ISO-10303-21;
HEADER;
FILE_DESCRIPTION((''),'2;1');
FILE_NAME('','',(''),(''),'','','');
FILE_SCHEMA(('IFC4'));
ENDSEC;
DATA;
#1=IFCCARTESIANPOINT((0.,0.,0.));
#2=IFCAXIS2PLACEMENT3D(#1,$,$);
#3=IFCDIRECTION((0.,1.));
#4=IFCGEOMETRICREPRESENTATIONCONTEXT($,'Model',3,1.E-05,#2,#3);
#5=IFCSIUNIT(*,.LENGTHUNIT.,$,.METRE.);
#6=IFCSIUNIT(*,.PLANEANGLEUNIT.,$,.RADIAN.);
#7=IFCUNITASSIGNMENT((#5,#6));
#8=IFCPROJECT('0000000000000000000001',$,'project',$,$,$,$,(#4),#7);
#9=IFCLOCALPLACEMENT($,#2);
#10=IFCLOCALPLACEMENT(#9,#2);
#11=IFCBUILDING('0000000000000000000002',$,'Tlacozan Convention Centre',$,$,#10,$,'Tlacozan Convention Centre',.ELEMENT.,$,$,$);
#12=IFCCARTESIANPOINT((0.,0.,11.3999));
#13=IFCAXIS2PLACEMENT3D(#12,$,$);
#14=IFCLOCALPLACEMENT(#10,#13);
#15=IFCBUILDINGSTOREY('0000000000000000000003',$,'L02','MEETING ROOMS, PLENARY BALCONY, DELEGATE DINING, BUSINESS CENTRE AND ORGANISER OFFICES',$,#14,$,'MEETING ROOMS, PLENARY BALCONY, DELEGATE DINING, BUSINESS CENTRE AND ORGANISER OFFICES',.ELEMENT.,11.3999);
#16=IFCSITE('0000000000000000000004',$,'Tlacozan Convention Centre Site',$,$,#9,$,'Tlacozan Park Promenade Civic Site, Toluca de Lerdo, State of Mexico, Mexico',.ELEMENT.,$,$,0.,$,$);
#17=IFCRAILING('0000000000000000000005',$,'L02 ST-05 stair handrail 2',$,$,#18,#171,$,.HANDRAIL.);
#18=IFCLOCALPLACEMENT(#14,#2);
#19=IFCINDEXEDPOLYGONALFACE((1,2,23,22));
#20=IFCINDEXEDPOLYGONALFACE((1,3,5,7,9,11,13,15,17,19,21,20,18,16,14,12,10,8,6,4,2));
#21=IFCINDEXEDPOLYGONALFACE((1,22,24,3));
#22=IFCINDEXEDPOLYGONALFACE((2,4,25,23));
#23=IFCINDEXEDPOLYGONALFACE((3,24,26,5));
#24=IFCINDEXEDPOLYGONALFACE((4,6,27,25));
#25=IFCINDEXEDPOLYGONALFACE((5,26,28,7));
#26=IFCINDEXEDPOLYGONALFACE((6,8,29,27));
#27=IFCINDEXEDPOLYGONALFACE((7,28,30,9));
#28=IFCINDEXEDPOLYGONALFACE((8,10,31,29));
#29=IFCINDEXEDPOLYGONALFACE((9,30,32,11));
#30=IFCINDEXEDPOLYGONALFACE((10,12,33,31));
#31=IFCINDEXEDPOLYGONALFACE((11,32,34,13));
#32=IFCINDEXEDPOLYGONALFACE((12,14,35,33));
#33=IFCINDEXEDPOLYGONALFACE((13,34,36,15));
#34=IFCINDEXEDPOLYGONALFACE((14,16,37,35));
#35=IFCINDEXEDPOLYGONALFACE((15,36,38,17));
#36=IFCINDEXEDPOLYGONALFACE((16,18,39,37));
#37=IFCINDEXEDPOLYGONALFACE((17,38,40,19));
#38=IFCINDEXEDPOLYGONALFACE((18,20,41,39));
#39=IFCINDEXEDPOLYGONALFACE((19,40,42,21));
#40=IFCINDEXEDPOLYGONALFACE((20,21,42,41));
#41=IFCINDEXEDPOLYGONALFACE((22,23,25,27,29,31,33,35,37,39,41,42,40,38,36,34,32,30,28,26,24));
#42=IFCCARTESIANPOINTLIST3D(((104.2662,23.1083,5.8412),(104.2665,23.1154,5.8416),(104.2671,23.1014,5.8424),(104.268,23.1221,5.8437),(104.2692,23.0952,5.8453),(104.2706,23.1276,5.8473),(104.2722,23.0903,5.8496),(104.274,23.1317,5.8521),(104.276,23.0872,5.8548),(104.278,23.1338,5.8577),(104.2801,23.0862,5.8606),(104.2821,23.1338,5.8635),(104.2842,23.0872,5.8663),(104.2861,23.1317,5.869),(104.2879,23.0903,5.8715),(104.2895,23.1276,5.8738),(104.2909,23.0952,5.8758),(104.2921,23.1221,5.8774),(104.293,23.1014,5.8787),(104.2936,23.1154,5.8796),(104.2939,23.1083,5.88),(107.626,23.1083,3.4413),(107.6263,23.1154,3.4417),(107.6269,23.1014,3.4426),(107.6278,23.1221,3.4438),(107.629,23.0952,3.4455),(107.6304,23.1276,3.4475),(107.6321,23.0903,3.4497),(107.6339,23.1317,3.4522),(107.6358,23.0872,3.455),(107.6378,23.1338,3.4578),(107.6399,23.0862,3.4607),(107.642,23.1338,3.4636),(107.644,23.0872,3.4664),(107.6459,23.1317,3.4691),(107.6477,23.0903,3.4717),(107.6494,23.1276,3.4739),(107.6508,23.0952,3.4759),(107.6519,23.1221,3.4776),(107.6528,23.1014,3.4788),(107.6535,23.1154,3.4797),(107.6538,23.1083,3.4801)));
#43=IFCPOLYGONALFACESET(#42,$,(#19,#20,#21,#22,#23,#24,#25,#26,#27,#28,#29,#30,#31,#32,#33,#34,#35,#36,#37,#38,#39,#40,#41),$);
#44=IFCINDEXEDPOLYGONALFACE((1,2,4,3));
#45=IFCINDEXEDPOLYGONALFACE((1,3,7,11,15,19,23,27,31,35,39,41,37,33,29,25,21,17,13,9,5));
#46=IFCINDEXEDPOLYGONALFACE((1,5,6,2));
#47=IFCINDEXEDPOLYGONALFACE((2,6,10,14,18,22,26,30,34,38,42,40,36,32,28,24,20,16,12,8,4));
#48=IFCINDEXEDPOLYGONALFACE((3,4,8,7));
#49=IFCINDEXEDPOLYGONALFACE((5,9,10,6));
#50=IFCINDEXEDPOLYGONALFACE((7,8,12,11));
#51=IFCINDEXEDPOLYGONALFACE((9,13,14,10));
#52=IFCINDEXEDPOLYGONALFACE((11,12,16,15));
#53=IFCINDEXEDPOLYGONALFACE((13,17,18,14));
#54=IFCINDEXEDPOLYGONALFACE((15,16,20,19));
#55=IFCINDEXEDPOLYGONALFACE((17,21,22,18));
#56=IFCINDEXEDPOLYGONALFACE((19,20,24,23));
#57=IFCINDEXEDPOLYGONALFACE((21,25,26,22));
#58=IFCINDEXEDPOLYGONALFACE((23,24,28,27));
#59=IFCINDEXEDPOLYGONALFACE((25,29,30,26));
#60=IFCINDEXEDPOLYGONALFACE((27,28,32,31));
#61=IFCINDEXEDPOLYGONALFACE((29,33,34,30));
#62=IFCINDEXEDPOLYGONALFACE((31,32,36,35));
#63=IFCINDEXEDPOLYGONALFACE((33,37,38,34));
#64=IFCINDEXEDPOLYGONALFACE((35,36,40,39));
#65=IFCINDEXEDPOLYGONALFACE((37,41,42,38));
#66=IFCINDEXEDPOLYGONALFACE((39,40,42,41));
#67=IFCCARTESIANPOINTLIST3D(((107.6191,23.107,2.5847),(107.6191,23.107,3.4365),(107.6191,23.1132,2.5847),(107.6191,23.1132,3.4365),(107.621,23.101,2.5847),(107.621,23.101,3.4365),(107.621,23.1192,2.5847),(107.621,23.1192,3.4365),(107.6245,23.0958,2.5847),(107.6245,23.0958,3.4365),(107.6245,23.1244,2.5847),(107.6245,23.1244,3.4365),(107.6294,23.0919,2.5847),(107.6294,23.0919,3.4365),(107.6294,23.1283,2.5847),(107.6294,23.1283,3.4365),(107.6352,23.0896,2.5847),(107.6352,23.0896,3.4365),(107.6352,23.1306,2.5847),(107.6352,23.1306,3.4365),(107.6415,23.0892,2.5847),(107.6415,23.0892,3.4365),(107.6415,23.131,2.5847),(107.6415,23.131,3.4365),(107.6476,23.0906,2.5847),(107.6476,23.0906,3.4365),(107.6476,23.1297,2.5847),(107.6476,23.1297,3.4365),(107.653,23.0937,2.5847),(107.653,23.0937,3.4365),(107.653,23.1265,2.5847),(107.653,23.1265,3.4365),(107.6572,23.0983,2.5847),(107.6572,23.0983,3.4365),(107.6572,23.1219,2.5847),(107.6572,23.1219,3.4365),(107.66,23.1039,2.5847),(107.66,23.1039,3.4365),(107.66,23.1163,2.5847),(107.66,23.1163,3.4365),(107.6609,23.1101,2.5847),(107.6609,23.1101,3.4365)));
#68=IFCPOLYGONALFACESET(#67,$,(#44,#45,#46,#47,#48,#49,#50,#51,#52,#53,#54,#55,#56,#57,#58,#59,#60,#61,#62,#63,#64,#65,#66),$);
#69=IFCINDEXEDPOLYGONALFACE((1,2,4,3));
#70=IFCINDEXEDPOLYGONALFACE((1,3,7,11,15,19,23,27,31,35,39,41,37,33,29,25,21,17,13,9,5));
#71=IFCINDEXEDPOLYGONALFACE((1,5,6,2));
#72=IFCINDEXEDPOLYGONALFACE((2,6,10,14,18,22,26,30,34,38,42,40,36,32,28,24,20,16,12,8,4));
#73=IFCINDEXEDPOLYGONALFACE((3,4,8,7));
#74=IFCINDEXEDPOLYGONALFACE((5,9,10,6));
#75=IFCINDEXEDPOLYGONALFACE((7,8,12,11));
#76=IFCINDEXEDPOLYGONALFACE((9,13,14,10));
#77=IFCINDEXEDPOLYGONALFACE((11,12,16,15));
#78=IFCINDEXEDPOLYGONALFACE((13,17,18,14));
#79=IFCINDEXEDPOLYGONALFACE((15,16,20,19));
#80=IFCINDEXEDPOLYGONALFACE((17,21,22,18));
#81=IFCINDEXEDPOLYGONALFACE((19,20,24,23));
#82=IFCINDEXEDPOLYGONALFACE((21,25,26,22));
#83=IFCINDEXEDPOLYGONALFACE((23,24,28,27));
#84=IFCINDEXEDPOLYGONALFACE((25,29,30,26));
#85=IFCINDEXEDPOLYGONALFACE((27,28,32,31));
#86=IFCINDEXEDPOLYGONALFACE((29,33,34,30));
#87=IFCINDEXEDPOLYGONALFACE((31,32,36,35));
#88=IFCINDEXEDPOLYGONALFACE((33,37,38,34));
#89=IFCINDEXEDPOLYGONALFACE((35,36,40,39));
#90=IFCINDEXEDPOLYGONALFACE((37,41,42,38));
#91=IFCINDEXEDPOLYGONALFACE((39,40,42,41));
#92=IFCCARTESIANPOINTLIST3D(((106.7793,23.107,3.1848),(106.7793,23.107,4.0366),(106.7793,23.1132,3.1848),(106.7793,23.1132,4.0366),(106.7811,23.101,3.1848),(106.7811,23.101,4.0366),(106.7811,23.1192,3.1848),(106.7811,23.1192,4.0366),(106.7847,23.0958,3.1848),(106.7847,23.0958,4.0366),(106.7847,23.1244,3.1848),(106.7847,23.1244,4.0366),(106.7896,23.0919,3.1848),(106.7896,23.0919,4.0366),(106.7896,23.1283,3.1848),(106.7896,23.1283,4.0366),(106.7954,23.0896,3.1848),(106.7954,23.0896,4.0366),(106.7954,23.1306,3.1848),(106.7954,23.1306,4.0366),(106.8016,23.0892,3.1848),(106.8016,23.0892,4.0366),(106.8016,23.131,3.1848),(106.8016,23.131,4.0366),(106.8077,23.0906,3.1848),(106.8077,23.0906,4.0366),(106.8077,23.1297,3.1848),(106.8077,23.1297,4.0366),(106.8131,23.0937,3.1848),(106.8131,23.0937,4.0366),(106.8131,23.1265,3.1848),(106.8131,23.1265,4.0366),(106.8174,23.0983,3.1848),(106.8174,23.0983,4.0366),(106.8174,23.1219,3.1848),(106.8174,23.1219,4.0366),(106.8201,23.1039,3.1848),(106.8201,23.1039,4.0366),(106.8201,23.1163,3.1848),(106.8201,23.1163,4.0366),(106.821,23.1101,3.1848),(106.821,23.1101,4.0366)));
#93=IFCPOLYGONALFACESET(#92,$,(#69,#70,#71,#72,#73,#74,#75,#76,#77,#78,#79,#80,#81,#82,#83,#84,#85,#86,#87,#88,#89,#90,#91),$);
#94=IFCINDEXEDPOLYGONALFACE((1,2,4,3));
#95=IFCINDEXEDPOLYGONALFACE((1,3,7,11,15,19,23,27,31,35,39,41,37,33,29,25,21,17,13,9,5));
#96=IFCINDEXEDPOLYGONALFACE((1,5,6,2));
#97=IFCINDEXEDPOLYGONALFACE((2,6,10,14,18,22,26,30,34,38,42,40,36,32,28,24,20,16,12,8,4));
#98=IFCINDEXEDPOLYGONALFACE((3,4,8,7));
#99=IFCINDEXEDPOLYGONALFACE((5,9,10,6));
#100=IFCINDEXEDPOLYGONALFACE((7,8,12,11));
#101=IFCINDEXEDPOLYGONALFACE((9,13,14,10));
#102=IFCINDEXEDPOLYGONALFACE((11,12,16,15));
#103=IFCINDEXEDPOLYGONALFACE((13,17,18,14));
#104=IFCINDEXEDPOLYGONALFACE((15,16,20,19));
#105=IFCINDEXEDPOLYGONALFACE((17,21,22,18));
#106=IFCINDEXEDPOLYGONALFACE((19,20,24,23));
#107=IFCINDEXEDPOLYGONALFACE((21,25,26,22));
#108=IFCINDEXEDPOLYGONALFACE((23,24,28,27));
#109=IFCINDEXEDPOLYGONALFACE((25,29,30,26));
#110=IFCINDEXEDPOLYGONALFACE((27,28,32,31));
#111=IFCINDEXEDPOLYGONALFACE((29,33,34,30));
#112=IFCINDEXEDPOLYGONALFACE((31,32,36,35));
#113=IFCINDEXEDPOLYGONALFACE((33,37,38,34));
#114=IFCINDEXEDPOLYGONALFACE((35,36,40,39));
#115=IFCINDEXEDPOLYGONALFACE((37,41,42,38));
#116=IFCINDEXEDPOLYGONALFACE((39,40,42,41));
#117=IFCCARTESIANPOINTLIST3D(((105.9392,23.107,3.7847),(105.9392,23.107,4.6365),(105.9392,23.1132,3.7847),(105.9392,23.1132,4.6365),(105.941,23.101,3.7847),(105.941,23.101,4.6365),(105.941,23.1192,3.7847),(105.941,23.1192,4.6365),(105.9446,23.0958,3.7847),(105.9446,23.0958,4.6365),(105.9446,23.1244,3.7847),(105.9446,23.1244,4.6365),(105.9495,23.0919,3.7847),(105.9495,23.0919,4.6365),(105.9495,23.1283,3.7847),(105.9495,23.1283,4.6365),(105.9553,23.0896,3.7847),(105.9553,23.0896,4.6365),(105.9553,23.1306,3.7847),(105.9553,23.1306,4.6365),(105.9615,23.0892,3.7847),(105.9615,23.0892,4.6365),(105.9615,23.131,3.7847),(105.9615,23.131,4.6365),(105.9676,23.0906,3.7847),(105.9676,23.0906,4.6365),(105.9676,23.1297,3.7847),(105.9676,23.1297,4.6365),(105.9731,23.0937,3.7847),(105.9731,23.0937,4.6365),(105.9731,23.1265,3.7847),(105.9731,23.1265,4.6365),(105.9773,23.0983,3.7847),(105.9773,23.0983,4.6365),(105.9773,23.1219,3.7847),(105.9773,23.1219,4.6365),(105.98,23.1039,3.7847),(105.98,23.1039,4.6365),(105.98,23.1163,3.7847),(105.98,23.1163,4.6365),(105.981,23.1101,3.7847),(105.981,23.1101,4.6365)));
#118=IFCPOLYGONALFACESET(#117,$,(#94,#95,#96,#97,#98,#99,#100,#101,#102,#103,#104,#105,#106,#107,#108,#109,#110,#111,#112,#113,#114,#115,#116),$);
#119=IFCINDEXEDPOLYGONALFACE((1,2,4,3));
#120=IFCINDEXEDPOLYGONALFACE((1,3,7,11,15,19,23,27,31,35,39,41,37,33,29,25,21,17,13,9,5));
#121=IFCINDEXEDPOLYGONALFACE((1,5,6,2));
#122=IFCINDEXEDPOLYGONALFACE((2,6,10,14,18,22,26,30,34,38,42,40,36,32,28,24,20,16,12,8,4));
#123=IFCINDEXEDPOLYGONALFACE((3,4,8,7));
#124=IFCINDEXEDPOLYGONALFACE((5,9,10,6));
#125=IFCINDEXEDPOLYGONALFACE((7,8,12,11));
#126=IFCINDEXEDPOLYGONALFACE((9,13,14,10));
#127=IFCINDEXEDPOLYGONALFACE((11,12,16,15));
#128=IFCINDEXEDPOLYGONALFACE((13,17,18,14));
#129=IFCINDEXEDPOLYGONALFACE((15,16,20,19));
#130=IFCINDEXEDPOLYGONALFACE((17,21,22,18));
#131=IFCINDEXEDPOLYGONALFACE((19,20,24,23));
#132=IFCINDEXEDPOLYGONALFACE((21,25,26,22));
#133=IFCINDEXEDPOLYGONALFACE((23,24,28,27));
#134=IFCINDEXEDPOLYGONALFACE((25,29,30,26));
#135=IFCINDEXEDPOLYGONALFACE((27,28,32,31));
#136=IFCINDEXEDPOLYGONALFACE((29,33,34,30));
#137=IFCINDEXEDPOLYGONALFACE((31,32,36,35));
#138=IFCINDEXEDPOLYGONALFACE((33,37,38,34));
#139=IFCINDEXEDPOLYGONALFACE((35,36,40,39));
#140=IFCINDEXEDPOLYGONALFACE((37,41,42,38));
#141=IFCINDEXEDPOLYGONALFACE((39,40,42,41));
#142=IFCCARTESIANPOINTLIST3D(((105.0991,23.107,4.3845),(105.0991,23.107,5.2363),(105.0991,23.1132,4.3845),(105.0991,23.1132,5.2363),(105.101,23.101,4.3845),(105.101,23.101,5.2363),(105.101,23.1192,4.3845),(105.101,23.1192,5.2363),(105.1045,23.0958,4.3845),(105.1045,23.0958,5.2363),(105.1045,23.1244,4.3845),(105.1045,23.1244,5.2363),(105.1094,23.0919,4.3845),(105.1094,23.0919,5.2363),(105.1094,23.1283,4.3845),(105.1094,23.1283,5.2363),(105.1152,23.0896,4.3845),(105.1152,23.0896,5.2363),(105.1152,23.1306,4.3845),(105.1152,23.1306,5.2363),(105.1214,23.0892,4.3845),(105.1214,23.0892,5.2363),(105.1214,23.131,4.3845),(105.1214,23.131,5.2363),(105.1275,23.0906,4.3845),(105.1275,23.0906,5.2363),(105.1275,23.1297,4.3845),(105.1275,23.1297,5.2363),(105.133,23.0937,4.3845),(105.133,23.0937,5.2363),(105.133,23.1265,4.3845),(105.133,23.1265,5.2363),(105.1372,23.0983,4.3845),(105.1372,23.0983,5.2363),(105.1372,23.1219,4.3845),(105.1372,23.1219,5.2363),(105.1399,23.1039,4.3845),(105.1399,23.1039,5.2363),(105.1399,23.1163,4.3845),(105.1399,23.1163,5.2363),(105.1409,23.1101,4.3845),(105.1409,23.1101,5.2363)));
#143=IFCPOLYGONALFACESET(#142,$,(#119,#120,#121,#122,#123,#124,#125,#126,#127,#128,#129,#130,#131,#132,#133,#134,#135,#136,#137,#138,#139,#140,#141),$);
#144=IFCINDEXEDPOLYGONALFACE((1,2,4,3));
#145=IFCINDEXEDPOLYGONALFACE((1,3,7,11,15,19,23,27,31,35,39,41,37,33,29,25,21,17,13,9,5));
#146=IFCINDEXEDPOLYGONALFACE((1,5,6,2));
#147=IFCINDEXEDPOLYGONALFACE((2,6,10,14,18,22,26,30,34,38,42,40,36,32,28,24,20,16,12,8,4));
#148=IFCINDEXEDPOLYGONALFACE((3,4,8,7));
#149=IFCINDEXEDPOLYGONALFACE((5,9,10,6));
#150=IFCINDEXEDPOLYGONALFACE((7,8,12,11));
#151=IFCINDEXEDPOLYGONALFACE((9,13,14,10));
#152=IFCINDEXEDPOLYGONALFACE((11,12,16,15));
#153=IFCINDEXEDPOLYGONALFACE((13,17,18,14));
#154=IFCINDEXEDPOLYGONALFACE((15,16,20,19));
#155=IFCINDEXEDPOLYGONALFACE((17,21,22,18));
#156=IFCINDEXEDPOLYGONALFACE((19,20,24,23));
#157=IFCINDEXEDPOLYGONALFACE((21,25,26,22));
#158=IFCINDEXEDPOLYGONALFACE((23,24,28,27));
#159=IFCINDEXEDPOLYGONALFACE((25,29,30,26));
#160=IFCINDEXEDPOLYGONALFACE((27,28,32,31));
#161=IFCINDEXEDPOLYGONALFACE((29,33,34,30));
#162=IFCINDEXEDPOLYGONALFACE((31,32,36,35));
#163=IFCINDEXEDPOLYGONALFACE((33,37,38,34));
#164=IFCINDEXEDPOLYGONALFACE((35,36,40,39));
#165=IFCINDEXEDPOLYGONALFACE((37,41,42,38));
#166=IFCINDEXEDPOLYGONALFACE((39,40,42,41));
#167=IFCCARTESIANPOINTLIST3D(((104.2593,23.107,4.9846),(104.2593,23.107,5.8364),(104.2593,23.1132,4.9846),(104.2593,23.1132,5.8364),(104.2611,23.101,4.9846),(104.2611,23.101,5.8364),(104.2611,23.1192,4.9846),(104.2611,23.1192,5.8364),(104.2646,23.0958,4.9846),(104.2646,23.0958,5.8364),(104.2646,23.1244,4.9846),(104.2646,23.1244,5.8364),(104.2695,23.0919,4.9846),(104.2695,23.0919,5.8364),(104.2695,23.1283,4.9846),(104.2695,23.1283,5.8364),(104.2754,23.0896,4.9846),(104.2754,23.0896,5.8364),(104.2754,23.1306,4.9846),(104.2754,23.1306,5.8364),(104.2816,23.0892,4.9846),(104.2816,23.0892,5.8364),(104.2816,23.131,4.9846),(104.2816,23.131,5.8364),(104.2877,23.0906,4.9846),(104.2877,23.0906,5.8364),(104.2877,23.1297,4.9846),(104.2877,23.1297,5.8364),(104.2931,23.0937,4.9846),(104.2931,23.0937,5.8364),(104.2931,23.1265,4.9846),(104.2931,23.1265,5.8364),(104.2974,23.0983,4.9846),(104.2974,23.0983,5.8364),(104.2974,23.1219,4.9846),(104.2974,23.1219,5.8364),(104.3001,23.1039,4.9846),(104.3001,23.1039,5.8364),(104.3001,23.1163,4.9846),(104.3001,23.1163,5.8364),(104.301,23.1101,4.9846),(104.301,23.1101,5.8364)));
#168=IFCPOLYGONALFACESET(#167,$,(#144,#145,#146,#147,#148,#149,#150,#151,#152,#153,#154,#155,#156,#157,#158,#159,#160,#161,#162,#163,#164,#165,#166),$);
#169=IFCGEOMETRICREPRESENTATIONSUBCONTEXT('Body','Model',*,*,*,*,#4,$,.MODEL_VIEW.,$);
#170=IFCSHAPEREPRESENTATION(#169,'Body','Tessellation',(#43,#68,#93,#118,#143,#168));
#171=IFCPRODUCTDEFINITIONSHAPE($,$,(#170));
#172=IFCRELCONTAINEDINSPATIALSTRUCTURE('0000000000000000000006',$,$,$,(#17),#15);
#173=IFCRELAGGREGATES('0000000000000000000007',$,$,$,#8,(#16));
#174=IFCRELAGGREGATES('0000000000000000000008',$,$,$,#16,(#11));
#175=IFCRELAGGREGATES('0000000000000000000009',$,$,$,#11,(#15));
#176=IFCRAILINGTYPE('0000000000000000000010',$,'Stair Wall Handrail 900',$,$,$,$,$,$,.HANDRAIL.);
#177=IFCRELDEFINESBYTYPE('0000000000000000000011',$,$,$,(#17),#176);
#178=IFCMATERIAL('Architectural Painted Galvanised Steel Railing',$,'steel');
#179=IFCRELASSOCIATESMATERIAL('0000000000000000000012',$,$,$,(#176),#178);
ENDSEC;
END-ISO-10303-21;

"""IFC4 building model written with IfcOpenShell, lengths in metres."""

from ifc_helpers import new_model, si_unit, direction, frame, origin, origin_2d, place, context, subcontext, project, spatial, circle, extrude, material, type_object, element, save


model = new_model("IFC4")

# Units and contexts
model_context = context("Model", 3, precision=1e-05, world=origin(), true_north=direction((0.0, 1.0)))
body_context = subcontext(model_context, "Body", "Model", "MODEL_VIEW")
ifc_project = project(units=[si_unit("LENGTHUNIT", "METRE"), si_unit("PLANEANGLEUNIT", "RADIAN")], contexts=[model_context])

# Site, building, storey
site_placement = place(None, origin())
site = spatial("IfcSite", under=ifc_project, at=site_placement, Name="Tlacozan Convention Centre Site", LongName="Tlacozan Park Promenade Civic Site, Toluca de Lerdo, State of Mexico, Mexico", CompositionType="ELEMENT", RefElevation=0.0)
building_placement = place(site_placement, origin())
building = spatial("IfcBuilding", under=site, at=building_placement, Name="Tlacozan Convention Centre", LongName="Tlacozan Convention Centre", CompositionType="ELEMENT")
storey_placement = place(building_placement, frame((0.0, 0.0, 11.3999)))
storey = spatial("IfcBuildingStorey", under=building, at=storey_placement, Name="L02", Description="MEETING ROOMS, PLENARY BALCONY, DELEGATE DINING, BUSINESS CENTRE AND ORGANISER OFFICES", LongName="MEETING ROOMS, PLENARY BALCONY, DELEGATE DINING, BUSINESS CENTRE AND ORGANISER OFFICES", CompositionType="ELEMENT", Elevation=11.3999)

# Railing
ifc_material_1 = material(Name="Architectural Painted Galvanised Steel Railing", Category="steel")
railing_type_1 = type_object("IfcRailingType", Name="Stair Wall Handrail 900", PredefinedType="HANDRAIL", material=ifc_material_1)
railing_1_placement = place(storey_placement, frame((107.6399, 23.1101, 2.5847)))
element("IfcRailing", 1, at=railing_1_placement, inside=storey, type_object=railing_type_1, Name="L02 ST-05 stair handrail 2", PredefinedType="HANDRAIL", context=body_context, shape_type="SweptSolid", body=[
    extrude(circle(Radius=0.0239, at=origin_2d()), frame((0.0, 0.0, 0.876), z_axis=(-0.813733, 0.0, 0.581238), x_axis=(0.0, -1.0, 0.0)), (0.0, 0.0, 1.0), 4.1289),
    extrude(circle(Radius=0.021, at=origin_2d()), origin(), (0.0, 0.0, 1.0), 0.8518),
    extrude(circle(Radius=0.021, at=origin_2d()), frame((-0.8398, 0.0, 0.6001)), (0.0, 0.0, 1.0), 0.8518),
    extrude(circle(Radius=0.021, at=origin_2d()), frame((-1.6799, 0.0, 1.2)), (0.0, 0.0, 1.0), 0.8518),
    extrude(circle(Radius=0.021, at=origin_2d()), frame((-2.52, 0.0, 1.7998)), (0.0, 0.0, 1.0), 0.8518),
    extrude(circle(Radius=0.021, at=origin_2d()), frame((-3.3599, 0.0, 2.3999)), (0.0, 0.0, 1.0), 0.8518),
])

save(model, "model.ifc")
